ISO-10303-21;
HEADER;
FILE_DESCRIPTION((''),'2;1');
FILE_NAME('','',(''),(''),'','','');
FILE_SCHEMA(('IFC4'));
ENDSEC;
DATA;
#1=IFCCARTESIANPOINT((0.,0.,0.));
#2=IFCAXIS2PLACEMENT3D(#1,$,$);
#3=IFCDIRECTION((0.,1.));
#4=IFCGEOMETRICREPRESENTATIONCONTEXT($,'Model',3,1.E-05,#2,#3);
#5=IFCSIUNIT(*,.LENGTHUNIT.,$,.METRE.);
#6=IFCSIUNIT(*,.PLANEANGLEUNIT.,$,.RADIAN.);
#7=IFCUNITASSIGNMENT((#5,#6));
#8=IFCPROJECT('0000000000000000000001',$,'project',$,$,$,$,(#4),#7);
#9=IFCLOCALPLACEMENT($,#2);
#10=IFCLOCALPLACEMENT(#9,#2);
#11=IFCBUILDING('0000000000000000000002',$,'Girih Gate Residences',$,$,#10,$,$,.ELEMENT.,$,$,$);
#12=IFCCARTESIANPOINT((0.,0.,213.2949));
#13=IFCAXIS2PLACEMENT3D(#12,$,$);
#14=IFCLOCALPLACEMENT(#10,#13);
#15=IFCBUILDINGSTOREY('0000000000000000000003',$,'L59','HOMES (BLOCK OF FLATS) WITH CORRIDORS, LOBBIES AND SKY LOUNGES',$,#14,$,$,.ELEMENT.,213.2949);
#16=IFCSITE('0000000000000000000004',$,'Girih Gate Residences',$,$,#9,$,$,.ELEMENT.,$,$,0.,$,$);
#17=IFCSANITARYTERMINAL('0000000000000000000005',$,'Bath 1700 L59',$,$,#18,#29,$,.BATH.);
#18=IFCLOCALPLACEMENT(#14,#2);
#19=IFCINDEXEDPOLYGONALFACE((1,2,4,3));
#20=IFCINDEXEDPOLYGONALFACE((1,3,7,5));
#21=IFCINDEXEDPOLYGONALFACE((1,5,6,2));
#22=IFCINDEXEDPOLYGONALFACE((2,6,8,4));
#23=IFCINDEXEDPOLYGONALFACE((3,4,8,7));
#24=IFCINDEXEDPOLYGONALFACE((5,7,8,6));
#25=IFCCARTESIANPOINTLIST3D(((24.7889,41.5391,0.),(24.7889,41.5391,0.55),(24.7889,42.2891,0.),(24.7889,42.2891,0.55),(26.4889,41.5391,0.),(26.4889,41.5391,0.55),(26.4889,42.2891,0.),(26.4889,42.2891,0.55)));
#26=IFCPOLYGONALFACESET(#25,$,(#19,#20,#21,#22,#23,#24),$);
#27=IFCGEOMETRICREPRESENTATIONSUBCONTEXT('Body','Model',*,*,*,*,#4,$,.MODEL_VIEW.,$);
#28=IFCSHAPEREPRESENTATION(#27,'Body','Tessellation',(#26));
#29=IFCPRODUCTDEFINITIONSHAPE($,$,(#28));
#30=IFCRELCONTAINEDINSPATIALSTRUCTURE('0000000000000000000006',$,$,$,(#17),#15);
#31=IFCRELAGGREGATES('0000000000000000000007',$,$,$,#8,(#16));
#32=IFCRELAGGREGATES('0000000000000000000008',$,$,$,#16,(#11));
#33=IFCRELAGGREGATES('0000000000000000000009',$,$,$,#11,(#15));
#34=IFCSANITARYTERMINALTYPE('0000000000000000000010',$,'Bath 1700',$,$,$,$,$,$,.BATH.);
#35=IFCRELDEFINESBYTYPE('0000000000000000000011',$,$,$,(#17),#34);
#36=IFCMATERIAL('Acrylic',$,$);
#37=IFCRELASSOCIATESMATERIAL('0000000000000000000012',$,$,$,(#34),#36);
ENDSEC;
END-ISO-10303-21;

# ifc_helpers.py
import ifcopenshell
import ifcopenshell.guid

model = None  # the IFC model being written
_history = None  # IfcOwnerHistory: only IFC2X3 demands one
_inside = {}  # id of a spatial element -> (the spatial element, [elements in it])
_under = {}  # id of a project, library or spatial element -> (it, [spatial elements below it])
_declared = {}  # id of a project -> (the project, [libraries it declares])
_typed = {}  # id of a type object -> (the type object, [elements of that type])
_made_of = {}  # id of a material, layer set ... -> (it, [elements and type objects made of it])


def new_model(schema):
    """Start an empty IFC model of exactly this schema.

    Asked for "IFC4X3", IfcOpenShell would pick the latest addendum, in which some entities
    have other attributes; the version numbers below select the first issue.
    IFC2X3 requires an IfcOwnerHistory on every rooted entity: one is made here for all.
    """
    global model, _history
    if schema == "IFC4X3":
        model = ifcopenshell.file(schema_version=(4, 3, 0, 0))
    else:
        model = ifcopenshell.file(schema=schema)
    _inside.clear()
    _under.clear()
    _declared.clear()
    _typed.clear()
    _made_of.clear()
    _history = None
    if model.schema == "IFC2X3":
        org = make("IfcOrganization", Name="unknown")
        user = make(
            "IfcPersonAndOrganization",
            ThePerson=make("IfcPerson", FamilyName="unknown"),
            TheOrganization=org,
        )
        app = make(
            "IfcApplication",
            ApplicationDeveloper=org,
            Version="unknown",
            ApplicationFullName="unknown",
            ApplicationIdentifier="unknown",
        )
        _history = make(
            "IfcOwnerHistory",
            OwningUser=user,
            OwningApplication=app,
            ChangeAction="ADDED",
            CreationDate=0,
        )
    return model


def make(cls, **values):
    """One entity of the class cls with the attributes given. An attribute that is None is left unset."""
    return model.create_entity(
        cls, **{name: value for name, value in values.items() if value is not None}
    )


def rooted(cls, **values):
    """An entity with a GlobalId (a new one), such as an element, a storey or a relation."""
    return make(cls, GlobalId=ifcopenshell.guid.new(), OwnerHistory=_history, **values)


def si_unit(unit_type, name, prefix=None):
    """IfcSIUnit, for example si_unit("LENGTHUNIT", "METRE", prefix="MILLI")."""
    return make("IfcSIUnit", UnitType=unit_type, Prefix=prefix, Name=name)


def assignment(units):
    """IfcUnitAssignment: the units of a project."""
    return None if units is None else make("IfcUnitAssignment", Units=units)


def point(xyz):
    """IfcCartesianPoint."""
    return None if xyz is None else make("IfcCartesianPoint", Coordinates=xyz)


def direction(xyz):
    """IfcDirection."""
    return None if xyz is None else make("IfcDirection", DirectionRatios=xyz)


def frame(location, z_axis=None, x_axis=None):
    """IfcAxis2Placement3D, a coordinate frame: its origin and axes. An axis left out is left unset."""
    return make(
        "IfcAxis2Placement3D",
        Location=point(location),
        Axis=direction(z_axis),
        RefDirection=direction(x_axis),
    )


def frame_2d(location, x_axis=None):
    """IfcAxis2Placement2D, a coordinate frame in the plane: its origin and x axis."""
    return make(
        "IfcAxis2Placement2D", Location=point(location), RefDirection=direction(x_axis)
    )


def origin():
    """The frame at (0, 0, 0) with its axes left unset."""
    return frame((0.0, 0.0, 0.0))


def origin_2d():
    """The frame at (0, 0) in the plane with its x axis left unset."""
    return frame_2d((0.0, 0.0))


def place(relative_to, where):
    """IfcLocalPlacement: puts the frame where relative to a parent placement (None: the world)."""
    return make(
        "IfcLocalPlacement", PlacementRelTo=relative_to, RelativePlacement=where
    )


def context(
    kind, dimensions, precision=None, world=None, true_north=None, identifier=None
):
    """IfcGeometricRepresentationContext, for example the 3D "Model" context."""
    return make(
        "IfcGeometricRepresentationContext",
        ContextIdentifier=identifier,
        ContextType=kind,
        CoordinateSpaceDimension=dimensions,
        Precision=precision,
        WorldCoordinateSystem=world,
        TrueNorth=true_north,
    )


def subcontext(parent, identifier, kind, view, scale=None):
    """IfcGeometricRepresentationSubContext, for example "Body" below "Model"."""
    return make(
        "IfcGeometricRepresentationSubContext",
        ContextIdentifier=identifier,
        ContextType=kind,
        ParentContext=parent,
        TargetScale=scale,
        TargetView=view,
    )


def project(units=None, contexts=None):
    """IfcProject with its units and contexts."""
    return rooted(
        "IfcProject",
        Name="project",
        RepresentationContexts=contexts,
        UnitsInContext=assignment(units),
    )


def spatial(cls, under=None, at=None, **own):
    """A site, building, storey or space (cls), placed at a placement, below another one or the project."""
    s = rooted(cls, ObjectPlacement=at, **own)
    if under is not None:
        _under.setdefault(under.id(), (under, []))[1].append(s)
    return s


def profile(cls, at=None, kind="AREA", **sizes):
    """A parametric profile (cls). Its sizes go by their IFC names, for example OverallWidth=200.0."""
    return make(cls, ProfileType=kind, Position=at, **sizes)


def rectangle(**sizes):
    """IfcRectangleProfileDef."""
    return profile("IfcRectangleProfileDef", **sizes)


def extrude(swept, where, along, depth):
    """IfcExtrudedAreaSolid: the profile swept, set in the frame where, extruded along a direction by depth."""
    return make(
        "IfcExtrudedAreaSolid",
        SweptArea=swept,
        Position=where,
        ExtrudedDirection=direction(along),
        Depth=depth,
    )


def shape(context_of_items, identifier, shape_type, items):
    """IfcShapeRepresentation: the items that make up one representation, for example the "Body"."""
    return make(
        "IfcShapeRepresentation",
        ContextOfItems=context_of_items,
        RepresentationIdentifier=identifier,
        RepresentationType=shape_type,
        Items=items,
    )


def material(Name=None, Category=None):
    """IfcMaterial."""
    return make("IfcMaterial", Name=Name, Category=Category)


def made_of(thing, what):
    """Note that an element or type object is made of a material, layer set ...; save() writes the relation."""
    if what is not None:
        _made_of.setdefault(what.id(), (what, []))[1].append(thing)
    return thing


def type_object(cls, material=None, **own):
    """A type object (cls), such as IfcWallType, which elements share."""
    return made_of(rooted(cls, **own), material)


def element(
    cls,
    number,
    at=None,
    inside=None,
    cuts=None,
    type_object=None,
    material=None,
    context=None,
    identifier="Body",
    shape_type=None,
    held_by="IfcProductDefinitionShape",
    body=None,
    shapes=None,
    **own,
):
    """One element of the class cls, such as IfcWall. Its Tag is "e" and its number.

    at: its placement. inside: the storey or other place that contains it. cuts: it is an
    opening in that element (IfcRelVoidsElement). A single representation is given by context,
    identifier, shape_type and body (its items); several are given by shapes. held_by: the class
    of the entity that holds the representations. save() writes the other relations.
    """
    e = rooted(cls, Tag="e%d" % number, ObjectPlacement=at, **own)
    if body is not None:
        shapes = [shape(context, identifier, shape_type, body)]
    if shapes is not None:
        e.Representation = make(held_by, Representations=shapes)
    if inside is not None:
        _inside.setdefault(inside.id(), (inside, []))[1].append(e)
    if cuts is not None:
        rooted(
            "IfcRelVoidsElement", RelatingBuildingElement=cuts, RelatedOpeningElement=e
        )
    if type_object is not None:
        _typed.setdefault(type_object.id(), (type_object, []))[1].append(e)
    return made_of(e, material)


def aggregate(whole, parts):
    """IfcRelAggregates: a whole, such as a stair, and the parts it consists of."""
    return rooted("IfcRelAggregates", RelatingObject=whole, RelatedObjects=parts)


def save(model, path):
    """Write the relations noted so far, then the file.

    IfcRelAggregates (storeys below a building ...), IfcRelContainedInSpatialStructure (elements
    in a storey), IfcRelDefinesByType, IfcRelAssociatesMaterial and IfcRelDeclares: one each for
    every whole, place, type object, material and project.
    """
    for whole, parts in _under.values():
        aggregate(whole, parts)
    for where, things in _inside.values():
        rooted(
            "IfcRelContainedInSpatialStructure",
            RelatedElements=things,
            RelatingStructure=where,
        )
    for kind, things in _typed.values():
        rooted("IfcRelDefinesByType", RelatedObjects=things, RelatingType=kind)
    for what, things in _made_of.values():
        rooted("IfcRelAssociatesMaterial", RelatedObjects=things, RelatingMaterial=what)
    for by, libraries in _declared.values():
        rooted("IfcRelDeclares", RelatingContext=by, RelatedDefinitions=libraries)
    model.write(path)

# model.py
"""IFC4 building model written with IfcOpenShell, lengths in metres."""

from ifc_helpers import new_model, si_unit, direction, frame, origin, origin_2d, place, context, subcontext, project, spatial, rectangle, extrude, material, type_object, element, save


model = new_model("IFC4")

# Units and contexts
model_context = context("Model", 3, precision=1e-05, world=origin(), true_north=direction((0.0, 1.0)))
body_context = subcontext(model_context, "Body", "Model", "MODEL_VIEW")
ifc_project = project(units=[si_unit("LENGTHUNIT", "METRE"), si_unit("PLANEANGLEUNIT", "RADIAN")], contexts=[model_context])

# Site, building, storey
site_placement = place(None, origin())
site = spatial("IfcSite", under=ifc_project, at=site_placement, Name="Girih Gate Residences", CompositionType="ELEMENT", RefElevation=0.0)
building_placement = place(site_placement, origin())
building = spatial("IfcBuilding", under=site, at=building_placement, Name="Girih Gate Residences", CompositionType="ELEMENT")
storey_placement = place(building_placement, frame((0.0, 0.0, 213.2949)))
storey = spatial("IfcBuildingStorey", under=building, at=storey_placement, Name="L59", Description="HOMES (BLOCK OF FLATS) WITH CORRIDORS, LOBBIES AND SKY LOUNGES", CompositionType="ELEMENT", Elevation=213.2949)

# Sanitary terminal
ifc_material_1 = material(Name="Acrylic")
sanitary_terminal_type = type_object("IfcSanitaryTerminalType", Name="Bath 1700", PredefinedType="BATH", material=ifc_material_1)
sanitary_terminal_placement = place(storey_placement, frame((25.6389, 41.9141, 0.0), z_axis=(0.0, 0.0, 1.0), x_axis=(1.0, 0.0, 0.0)))
element("IfcSanitaryTerminal", 1, at=sanitary_terminal_placement, inside=storey, type_object=sanitary_terminal_type, Name="Bath 1700 L59", PredefinedType="BATH", context=body_context, shape_type="SweptSolid", body=[
    extrude(rectangle(XDim=1.7, YDim=0.75, at=origin_2d()), origin(), (0.0, 0.0, 1.0), 0.55),
])

save(model, "model.ifc")
